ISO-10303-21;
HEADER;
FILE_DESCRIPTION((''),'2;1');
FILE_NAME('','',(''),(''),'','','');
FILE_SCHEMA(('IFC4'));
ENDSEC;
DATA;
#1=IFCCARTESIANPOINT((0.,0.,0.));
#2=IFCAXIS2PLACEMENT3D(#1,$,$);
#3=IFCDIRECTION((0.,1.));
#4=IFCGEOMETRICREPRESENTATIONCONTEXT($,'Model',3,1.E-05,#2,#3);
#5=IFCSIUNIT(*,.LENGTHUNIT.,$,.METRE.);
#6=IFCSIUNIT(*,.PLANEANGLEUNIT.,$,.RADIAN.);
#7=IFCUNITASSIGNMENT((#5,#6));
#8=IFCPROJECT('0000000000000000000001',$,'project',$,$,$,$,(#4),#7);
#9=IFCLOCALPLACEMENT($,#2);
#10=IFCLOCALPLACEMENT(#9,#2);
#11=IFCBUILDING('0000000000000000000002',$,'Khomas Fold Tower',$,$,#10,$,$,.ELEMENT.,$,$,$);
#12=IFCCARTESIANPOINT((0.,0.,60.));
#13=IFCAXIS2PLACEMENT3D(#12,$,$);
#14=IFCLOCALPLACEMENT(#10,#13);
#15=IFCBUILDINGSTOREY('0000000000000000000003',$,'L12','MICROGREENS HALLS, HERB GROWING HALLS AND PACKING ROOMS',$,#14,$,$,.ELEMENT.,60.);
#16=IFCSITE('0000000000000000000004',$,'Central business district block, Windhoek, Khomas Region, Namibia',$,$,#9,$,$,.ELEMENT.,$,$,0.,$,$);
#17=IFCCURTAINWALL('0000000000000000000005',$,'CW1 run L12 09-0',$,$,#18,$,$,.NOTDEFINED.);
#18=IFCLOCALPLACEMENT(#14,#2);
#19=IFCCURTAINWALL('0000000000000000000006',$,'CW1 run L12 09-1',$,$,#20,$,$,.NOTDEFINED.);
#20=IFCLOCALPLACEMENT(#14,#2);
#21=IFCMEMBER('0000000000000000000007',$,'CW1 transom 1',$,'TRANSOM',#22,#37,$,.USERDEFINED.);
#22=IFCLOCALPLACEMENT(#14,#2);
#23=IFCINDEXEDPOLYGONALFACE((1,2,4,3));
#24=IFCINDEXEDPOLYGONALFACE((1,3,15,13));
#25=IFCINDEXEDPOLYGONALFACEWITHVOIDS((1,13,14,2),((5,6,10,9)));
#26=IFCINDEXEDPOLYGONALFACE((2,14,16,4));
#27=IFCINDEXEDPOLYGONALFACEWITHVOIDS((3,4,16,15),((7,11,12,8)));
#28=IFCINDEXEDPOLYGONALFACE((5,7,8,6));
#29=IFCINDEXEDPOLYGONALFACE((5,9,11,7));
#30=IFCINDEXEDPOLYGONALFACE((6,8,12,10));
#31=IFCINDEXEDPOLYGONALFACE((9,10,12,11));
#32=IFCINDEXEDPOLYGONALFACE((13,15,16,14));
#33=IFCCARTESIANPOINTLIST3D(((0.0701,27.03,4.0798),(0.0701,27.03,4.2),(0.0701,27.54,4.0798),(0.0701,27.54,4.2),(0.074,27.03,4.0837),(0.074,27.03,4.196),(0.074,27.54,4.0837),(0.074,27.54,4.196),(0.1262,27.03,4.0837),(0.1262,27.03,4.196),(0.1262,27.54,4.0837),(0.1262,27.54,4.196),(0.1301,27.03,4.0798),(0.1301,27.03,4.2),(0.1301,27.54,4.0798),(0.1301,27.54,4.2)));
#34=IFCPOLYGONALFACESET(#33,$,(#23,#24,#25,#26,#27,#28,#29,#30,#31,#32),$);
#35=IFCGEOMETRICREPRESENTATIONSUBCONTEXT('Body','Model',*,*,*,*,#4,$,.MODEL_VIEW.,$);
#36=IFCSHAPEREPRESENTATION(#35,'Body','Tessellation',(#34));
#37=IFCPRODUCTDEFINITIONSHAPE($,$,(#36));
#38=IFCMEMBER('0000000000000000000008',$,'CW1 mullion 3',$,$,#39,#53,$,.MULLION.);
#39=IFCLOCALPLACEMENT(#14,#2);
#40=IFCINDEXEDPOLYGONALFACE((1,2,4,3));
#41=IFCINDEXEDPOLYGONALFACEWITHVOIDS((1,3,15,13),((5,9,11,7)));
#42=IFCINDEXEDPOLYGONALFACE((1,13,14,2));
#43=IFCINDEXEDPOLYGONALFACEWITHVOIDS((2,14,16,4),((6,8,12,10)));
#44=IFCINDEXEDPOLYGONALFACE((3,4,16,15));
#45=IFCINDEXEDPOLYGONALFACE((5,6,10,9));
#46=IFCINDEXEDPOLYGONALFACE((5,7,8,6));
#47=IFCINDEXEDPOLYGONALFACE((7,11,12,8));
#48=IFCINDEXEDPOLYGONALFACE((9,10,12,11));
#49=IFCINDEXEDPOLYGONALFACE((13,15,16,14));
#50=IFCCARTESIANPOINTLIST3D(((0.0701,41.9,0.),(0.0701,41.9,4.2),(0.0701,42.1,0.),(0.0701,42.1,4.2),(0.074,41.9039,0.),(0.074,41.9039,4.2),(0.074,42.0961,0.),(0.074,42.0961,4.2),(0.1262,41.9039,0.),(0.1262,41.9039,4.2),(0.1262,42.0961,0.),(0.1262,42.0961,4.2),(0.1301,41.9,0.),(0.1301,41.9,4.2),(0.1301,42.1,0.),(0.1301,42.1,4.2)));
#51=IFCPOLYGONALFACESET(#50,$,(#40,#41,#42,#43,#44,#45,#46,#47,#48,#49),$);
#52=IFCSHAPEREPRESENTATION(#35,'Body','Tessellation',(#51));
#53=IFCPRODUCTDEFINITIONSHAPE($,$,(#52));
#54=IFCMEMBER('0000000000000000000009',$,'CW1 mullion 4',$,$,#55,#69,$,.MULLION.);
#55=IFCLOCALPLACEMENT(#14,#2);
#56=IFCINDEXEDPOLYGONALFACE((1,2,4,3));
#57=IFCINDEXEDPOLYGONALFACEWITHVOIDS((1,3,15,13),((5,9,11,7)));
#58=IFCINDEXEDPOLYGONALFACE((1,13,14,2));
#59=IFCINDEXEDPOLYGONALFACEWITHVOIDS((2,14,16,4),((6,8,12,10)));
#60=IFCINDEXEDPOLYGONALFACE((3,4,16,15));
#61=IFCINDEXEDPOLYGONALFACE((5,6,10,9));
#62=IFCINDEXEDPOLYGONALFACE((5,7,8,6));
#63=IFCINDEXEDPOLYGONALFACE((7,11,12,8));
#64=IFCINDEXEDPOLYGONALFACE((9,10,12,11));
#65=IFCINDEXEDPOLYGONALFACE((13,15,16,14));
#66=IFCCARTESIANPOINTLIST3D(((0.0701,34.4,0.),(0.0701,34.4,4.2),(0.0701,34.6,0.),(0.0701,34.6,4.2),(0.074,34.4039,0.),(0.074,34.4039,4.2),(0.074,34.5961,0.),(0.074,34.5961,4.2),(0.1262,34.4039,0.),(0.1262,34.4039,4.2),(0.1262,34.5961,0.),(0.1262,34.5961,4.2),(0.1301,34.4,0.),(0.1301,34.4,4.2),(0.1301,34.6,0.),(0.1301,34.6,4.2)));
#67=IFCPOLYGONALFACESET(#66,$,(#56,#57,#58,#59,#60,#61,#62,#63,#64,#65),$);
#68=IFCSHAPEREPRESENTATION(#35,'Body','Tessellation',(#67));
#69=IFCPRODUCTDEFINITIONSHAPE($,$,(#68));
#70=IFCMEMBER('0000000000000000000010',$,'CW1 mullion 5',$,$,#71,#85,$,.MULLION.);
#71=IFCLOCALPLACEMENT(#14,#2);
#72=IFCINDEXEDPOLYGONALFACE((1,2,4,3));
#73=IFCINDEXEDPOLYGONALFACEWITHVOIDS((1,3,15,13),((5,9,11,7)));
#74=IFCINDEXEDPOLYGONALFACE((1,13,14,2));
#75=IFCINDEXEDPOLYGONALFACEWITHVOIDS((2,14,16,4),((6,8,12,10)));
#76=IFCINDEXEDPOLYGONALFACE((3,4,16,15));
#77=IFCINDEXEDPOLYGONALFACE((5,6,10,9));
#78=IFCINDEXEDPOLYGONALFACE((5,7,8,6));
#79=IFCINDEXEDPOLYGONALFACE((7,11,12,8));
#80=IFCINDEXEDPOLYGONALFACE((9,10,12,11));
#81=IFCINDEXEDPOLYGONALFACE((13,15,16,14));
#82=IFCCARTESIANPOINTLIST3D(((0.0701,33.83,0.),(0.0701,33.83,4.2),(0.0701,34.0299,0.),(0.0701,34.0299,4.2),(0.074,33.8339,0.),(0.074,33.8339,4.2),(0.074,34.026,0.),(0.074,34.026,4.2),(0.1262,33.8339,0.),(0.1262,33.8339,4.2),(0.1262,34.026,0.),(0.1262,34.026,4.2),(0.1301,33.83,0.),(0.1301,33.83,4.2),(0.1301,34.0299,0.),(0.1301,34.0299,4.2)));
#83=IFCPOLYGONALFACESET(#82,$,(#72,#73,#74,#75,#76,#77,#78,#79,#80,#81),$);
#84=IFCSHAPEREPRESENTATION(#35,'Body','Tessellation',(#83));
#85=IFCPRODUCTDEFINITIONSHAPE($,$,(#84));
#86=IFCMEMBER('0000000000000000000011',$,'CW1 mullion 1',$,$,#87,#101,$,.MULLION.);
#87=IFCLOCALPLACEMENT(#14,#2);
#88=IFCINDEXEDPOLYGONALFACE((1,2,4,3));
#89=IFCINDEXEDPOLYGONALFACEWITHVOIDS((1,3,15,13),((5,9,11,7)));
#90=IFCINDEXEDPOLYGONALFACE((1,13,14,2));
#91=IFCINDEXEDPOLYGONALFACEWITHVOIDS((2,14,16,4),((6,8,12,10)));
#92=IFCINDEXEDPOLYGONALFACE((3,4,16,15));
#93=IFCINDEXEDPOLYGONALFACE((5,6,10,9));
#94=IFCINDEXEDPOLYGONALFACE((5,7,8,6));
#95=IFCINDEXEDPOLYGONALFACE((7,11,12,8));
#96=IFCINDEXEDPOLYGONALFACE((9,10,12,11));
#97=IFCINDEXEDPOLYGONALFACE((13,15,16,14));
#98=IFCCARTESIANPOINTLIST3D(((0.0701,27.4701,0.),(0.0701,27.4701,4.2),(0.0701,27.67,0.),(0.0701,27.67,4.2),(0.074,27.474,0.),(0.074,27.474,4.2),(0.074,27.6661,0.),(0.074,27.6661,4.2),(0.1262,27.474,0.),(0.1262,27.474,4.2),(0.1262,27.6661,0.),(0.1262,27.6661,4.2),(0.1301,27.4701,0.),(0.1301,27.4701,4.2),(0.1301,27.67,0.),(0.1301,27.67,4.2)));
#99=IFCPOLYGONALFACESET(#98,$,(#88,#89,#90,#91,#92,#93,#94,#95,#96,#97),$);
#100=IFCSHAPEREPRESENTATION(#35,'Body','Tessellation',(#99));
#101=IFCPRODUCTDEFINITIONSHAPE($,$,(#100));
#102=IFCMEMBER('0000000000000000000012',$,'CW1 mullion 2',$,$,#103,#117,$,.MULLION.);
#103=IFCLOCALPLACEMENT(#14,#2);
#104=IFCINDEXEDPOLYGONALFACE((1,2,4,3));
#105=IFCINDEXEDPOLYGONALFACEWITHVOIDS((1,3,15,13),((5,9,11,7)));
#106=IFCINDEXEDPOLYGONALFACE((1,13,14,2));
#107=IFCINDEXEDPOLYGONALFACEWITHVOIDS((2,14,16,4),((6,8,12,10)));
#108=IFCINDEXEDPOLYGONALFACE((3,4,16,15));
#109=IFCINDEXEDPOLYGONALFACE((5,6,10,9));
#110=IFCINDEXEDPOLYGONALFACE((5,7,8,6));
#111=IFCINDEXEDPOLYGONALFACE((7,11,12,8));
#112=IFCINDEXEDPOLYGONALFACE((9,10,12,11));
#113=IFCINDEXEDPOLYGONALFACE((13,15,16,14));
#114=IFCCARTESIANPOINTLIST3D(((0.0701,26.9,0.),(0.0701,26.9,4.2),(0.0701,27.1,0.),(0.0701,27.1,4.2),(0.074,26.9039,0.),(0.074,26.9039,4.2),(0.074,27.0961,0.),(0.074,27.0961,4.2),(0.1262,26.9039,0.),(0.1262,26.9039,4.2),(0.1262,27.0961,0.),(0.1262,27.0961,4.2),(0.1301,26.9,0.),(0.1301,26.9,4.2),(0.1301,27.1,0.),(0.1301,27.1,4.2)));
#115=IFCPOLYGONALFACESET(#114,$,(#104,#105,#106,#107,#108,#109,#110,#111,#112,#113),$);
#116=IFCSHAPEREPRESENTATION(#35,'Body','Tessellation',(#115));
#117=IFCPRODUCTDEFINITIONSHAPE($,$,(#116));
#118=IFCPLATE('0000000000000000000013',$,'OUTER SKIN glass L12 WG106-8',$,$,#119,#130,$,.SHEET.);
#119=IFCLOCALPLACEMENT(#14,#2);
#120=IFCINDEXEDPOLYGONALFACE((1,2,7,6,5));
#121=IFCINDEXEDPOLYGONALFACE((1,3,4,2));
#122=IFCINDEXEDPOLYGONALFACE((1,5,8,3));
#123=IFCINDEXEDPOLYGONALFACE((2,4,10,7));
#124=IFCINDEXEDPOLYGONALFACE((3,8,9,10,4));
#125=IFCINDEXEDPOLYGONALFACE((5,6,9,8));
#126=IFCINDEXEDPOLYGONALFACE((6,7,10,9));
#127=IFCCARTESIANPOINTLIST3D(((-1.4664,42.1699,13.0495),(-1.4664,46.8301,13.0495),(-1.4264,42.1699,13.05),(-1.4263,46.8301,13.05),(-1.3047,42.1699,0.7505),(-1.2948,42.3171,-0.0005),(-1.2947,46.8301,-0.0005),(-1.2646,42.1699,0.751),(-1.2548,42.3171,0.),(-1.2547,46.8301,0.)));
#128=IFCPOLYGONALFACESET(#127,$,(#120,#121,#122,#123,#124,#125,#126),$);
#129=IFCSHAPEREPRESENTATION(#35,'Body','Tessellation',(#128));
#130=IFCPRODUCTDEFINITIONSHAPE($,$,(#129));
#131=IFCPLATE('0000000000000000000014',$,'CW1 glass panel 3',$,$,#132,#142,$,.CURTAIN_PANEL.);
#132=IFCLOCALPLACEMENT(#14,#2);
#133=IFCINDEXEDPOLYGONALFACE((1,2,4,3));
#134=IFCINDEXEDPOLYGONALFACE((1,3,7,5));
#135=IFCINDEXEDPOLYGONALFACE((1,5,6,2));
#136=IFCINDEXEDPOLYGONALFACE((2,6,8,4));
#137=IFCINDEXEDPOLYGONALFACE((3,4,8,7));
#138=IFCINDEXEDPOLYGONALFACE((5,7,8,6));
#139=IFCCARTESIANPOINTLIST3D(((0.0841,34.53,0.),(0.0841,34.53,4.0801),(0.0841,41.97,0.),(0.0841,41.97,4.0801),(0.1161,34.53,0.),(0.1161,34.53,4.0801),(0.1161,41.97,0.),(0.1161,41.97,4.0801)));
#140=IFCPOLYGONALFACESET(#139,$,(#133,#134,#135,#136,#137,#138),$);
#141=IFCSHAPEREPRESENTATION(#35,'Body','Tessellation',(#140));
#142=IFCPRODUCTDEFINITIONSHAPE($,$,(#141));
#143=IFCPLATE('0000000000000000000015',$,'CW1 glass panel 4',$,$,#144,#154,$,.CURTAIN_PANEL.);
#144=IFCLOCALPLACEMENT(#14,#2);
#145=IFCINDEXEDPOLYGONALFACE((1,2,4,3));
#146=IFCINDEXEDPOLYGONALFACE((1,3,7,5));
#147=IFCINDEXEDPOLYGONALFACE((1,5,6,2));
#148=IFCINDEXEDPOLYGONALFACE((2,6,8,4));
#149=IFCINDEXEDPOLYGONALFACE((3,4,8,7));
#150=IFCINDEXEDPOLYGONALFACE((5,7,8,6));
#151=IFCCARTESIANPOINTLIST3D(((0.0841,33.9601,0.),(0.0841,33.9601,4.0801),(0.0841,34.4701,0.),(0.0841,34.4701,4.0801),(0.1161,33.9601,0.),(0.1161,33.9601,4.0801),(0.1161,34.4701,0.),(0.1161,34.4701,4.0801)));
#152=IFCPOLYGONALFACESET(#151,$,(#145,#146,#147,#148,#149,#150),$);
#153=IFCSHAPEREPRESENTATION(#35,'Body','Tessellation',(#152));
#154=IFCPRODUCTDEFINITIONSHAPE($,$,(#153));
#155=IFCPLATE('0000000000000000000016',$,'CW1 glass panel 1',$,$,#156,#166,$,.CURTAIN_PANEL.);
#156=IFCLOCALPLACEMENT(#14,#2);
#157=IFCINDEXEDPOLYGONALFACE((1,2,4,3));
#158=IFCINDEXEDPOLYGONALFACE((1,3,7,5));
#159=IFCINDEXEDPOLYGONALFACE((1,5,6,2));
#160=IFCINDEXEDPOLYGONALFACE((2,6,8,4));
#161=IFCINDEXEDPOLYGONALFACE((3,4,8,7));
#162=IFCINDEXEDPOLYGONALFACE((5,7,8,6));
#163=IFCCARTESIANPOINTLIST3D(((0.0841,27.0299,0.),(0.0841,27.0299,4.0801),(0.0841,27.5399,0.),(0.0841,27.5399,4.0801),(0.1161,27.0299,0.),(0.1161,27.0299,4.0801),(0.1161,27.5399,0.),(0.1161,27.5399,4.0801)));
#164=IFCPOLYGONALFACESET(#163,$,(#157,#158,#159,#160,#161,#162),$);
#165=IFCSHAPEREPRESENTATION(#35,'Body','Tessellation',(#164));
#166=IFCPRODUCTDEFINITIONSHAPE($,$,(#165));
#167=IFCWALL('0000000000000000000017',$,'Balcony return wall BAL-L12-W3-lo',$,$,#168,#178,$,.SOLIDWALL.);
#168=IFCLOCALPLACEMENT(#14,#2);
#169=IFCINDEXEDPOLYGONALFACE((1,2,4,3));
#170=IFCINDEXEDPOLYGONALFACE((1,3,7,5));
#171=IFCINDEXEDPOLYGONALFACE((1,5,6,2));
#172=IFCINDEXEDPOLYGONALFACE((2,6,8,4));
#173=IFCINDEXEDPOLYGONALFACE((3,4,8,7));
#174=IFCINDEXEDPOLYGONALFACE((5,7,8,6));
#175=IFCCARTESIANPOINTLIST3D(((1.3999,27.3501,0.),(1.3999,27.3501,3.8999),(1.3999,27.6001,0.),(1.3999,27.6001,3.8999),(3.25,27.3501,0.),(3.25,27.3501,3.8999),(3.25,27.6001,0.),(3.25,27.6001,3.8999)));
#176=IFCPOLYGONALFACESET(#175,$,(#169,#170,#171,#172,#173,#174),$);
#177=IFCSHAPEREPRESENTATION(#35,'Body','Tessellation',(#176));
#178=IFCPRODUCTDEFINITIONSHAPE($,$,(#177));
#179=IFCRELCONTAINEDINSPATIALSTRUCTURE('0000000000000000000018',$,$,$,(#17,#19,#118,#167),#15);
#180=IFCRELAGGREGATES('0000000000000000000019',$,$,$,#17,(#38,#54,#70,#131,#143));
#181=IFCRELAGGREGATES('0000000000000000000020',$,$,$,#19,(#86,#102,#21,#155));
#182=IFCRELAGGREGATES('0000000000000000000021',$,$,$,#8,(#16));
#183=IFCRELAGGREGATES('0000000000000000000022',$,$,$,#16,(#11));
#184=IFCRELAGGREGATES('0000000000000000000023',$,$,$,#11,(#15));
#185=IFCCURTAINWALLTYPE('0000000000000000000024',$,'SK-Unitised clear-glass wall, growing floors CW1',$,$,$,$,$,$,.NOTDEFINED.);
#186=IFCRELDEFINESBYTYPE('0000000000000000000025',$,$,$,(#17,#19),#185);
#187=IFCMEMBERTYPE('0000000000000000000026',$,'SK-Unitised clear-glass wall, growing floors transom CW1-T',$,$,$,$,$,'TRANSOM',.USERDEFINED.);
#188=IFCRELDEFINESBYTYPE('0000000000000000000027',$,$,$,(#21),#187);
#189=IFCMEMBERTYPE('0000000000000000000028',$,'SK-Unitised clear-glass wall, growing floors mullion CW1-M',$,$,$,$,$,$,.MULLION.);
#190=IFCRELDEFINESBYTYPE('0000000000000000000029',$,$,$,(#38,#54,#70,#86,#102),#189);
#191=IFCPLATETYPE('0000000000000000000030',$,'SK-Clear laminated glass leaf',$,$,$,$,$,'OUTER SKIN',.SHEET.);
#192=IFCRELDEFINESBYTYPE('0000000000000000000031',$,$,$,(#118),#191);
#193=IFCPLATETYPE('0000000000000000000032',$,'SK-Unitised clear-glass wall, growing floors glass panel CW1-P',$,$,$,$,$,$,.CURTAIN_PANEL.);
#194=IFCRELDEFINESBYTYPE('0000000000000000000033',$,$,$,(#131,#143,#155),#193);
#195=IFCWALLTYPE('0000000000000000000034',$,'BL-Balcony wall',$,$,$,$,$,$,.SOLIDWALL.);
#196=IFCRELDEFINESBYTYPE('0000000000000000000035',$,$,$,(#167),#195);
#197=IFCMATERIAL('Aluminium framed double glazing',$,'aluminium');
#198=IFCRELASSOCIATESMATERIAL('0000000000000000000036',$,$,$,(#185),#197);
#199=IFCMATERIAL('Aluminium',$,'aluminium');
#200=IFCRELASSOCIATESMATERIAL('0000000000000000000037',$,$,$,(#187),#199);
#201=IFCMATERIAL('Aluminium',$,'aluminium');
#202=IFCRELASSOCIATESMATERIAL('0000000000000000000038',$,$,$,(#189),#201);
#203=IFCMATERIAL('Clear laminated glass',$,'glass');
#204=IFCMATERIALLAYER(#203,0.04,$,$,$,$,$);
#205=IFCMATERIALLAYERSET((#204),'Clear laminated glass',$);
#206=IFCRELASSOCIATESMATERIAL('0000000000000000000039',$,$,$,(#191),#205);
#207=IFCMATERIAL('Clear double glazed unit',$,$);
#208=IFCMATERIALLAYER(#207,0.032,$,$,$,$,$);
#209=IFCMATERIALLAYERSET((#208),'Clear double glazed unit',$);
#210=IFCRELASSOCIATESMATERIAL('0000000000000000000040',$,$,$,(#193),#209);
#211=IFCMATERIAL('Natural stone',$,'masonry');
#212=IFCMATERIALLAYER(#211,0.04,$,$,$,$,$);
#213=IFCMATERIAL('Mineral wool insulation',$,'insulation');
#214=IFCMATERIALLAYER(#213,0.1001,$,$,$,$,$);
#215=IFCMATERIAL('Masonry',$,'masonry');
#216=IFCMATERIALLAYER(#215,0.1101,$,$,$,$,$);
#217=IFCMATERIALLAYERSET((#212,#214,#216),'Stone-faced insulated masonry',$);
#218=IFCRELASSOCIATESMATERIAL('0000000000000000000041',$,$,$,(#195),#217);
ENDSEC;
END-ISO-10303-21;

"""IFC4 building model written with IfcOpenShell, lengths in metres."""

from ifc_helpers import new_model, si_unit, direction, frame, frame_2d, origin, origin_2d, place, context, subcontext, project, spatial, polyline, rectangle, hollow_rectangle, outline, extrude, source, transform, mapped, material, layer, layer_set, material_profile, profile_set, type_object, element, aggregate, save


model = new_model("IFC4")

# Units and contexts
model_context = context("Model", 3, precision=1e-05, world=origin(), true_north=direction((0.0, 1.0)))
body_context = subcontext(model_context, "Body", "Model", "MODEL_VIEW")
ifc_project = project(units=[si_unit("LENGTHUNIT", "METRE"), si_unit("PLANEANGLEUNIT", "RADIAN")], contexts=[model_context])

# Site, building, storey
site_placement = place(None, origin())
site = spatial("IfcSite", under=ifc_project, at=site_placement, Name="Central business district block, Windhoek, Khomas Region, Namibia", CompositionType="ELEMENT", RefElevation=0.0)
building_placement = place(site_placement, origin())
building = spatial("IfcBuilding", under=site, at=building_placement, Name="Khomas Fold Tower", CompositionType="ELEMENT")
storey_placement = place(building_placement, frame((0.0, 0.0, 60.0)))
storey = spatial("IfcBuildingStorey", under=building, at=storey_placement, Name="L12", Description="MICROGREENS HALLS, HERB GROWING HALLS AND PACKING ROOMS", CompositionType="ELEMENT", Elevation=60.0)

# Curtain walls
ifc_material_1 = material(Name="Aluminium framed double glazing", Category="aluminium")
curtain_wall_type = type_object("IfcCurtainWallType", Name="SK-Unitised clear-glass wall, growing floors CW1", PredefinedType="NOTDEFINED", material=ifc_material_1)
curtain_wall_1_placement = place(storey_placement, origin())
curtain_wall_1 = element("IfcCurtainWall", 1, at=curtain_wall_1_placement, inside=storey, type_object=curtain_wall_type, Name="CW1 run L12 09-0", PredefinedType="NOTDEFINED")
ifc_material_2 = material(Name="Aluminium", Category="aluminium")
ifc_material_profile_1 = material_profile(ifc_material_2, hollow_rectangle(XDim=0.0601, YDim=0.1201, WallThickness=0.0039, at=origin_2d()), Name="SK-Unitised clear-glass wall, growing floors transom CW1-T")
ifc_profile_set_1 = profile_set([ifc_material_profile_1], Name="Aluminium")
member_type_1 = type_object("IfcMemberType", Name="SK-Unitised clear-glass wall, growing floors transom CW1-T", ElementType="TRANSOM", PredefinedType="USERDEFINED", material=ifc_profile_set_1)
curtain_wall_2_placement = place(storey_placement, origin())
curtain_wall_2 = element("IfcCurtainWall", 2, at=curtain_wall_2_placement, inside=storey, type_object=curtain_wall_type, Name="CW1 run L12 09-1", PredefinedType="NOTDEFINED")

# Members
shared_shape_1 = source(origin(), body_context, "Body", "SweptSolid", [
    extrude(hollow_rectangle(XDim=0.0601, YDim=0.1201, WallThickness=0.0039, at=origin_2d()), origin(), (0.0, 0.0, 1.0), 0.51),
])
member_1_placement = place(storey_placement, frame((0.1001, 27.54, 4.1399), z_axis=(0.0, -1.0, 0.0), x_axis=(1.0, 0.0, 0.0)))
member_1 = element("IfcMember", 3, at=member_1_placement, type_object=member_type_1, Name="CW1 transom 1", ObjectType="TRANSOM", PredefinedType="USERDEFINED", context=body_context, shape_type="MappedRepresentation", body=[
    mapped(shared_shape_1, transform((0.0, 0.0, 0.0))),
])
ifc_material_3 = material(Name="Aluminium", Category="aluminium")
ifc_material_profile_2 = material_profile(ifc_material_3, hollow_rectangle(XDim=0.0601, YDim=0.2, WallThickness=0.0039, at=origin_2d()), Name="SK-Unitised clear-glass wall, growing floors mullion CW1-M")
ifc_profile_set_2 = profile_set([ifc_material_profile_2], Name="Aluminium")
member_type_2 = type_object("IfcMemberType", Name="SK-Unitised clear-glass wall, growing floors mullion CW1-M", PredefinedType="MULLION", material=ifc_profile_set_2)
shared_shape_2 = source(origin(), body_context, "Body", "SweptSolid", [
    extrude(hollow_rectangle(XDim=0.0601, YDim=0.2, WallThickness=0.0039, at=origin_2d()), origin(), (0.0, 0.0, 1.0), 4.2),
])
member_2_placement = place(storey_placement, frame((0.1001, 42.0, 0.0), z_axis=(0.0, 0.0, 1.0), x_axis=(1.0, 0.0, 0.0)))
member_2 = element("IfcMember", 4, at=member_2_placement, type_object=member_type_2, Name="CW1 mullion 3", PredefinedType="MULLION", context=body_context, shape_type="MappedRepresentation", body=[
    mapped(shared_shape_2, transform((0.0, 0.0, 0.0))),
])
member_3_placement = place(storey_placement, frame((0.1001, 34.5, 0.0), z_axis=(0.0, 0.0, 1.0), x_axis=(1.0, 0.0, 0.0)))
member_3 = element("IfcMember", 5, at=member_3_placement, type_object=member_type_2, Name="CW1 mullion 4", PredefinedType="MULLION", context=body_context, shape_type="MappedRepresentation", body=[
    mapped(shared_shape_2, transform((0.0, 0.0, 0.0))),
])
member_4_placement = place(storey_placement, frame((0.1001, 33.9299, 0.0), z_axis=(0.0, 0.0, 1.0), x_axis=(1.0, 0.0, 0.0)))
member_4 = element("IfcMember", 6, at=member_4_placement, type_object=member_type_2, Name="CW1 mullion 5", PredefinedType="MULLION", context=body_context, shape_type="MappedRepresentation", body=[
    mapped(shared_shape_2, transform((0.0, 0.0, 0.0))),
])
member_5_placement = place(storey_placement, frame((0.1001, 27.5701, 0.0), z_axis=(0.0, 0.0, 1.0), x_axis=(1.0, 0.0, 0.0)))
member_5 = element("IfcMember", 7, at=member_5_placement, type_object=member_type_2, Name="CW1 mullion 1", PredefinedType="MULLION", context=body_context, shape_type="MappedRepresentation", body=[
    mapped(shared_shape_2, transform((0.0, 0.0, 0.0))),
])
member_6_placement = place(storey_placement, frame((0.1001, 27.0, 0.0), z_axis=(0.0, 0.0, 1.0), x_axis=(1.0, 0.0, 0.0)))
member_6 = element("IfcMember", 8, at=member_6_placement, type_object=member_type_2, Name="CW1 mullion 2", PredefinedType="MULLION", context=body_context, shape_type="MappedRepresentation", body=[
    mapped(shared_shape_2, transform((0.0, 0.0, 0.0))),
])

# Plates
ifc_material_4 = material(Name="Clear laminated glass", Category="glass")
ifc_layer_1 = layer(ifc_material_4, 0.04)
ifc_layer_set_1 = layer_set([ifc_layer_1], Name="Clear laminated glass")
plate_type_1 = type_object("IfcPlateType", Name="SK-Clear laminated glass leaf", ElementType="OUTER SKIN", PredefinedType="SHEET", material=ifc_layer_set_1)
plate_1_placement = place(storey_placement, frame((-1.2646, 42.1699, 0.751), z_axis=(0.999914, -0.000014, 0.01315), x_axis=(-0.01315, 0.0, 0.999914)))
element("IfcPlate", 9, at=plate_1_placement, inside=storey, type_object=plate_type_1, Name="OUTER SKIN glass L12 WG106-8", PredefinedType="SHEET", context=body_context, shape_type="SweptSolid", body=[
    extrude(outline(polyline([(0.0, 0.0), (12.3001, 0.0), (12.3001, -4.6602), (-0.751, -4.6602), (-0.751, -0.1472), (0.0, 0.0)])), origin(), (0.0, 0.0, -1.0), 0.04),
])
ifc_material_5 = material(Name="Clear double glazed unit")
ifc_layer_2 = layer(ifc_material_5, 0.032)
ifc_layer_set_2 = layer_set([ifc_layer_2], Name="Clear double glazed unit")
plate_type_2 = type_object("IfcPlateType", Name="SK-Unitised clear-glass wall, growing floors glass panel CW1-P", PredefinedType="CURTAIN_PANEL", material=ifc_layer_set_2)
shared_shape_3 = source(origin(), body_context, "Body", "SweptSolid", [
    extrude(rectangle(XDim=7.4399, YDim=0.032, at=origin_2d()), origin(), (0.0, 0.0, 1.0), 4.0801),
])
plate_2_placement = place(storey_placement, frame((0.1001, 38.25, 0.0), z_axis=(0.0, 0.0, 1.0), x_axis=(0.0, -1.0, 0.0)))
plate_2 = element("IfcPlate", 10, at=plate_2_placement, type_object=plate_type_2, Name="CW1 glass panel 3", PredefinedType="CURTAIN_PANEL", context=body_context, shape_type="MappedRepresentation", body=[
    mapped(shared_shape_3, transform((0.0, 0.0, 0.0))),
])
shared_shape_4 = source(origin(), body_context, "Body", "SweptSolid", [
    extrude(rectangle(XDim=0.51, YDim=0.032, at=origin_2d()), origin(), (0.0, 0.0, 1.0), 4.0801),
])
plate_3_placement = place(storey_placement, frame((0.1001, 34.2151, 0.0), z_axis=(0.0, 0.0, 1.0), x_axis=(0.0, -1.0, 0.0)))
plate_3 = element("IfcPlate", 11, at=plate_3_placement, type_object=plate_type_2, Name="CW1 glass panel 4", PredefinedType="CURTAIN_PANEL", context=body_context, shape_type="MappedRepresentation", body=[
    mapped(shared_shape_4, transform((0.0, 0.0, 0.0))),
])
aggregate(curtain_wall_1, [member_2, member_3, member_4, plate_2, plate_3])
plate_4_placement = place(storey_placement, frame((0.1001, 27.2849, 0.0), z_axis=(0.0, 0.0, 1.0), x_axis=(0.0, -1.0, 0.0)))
plate_4 = element("IfcPlate", 12, at=plate_4_placement, type_object=plate_type_2, Name="CW1 glass panel 1", PredefinedType="CURTAIN_PANEL", context=body_context, shape_type="MappedRepresentation", body=[
    mapped(shared_shape_4, transform((0.0, 0.0, 0.0))),
])
aggregate(curtain_wall_2, [member_5, member_6, member_1, plate_4])

# Wall
ifc_material_6 = material(Name="Natural stone", Category="masonry")
ifc_layer_3 = layer(ifc_material_6, 0.04)
ifc_material_7 = material(Name="Mineral wool insulation", Category="insulation")
ifc_layer_4 = layer(ifc_material_7, 0.1001)
ifc_material_8 = material(Name="Masonry", Category="masonry")
ifc_layer_5 = layer(ifc_material_8, 0.1101)
ifc_layer_set_3 = layer_set([ifc_layer_3, ifc_layer_4, ifc_layer_5], Name="Stone-faced insulated masonry")
wall_type = type_object("IfcWallType", Name="BL-Balcony wall", PredefinedType="SOLIDWALL", material=ifc_layer_set_3)
shared_shape_5 = source(origin(), body_context, "Body", "SweptSolid", [
    extrude(rectangle(XDim=1.8501, YDim=0.25, at=frame_2d((0.925, 0.0))), origin(), (0.0, 0.0, 1.0), 3.8999),
])
for number, where, z_axis, x_axis, name in (
    (13, (1.3999, 27.4751, 0.0), (0.0, 0.0, 1.0), (1.0, 0.0, 0.0), "Balcony return wall BAL-L12-W3-lo"),
):
    element("IfcWall", number, at=place(storey_placement, frame(where, z_axis=z_axis, x_axis=x_axis)), inside=storey, type_object=wall_type, Name=name, PredefinedType="SOLIDWALL", context=body_context, shape_type="MappedRepresentation", body=[
        mapped(shared_shape_5, transform((0.0, 0.0, 0.0))),
    ])

save(model, "model.ifc")
